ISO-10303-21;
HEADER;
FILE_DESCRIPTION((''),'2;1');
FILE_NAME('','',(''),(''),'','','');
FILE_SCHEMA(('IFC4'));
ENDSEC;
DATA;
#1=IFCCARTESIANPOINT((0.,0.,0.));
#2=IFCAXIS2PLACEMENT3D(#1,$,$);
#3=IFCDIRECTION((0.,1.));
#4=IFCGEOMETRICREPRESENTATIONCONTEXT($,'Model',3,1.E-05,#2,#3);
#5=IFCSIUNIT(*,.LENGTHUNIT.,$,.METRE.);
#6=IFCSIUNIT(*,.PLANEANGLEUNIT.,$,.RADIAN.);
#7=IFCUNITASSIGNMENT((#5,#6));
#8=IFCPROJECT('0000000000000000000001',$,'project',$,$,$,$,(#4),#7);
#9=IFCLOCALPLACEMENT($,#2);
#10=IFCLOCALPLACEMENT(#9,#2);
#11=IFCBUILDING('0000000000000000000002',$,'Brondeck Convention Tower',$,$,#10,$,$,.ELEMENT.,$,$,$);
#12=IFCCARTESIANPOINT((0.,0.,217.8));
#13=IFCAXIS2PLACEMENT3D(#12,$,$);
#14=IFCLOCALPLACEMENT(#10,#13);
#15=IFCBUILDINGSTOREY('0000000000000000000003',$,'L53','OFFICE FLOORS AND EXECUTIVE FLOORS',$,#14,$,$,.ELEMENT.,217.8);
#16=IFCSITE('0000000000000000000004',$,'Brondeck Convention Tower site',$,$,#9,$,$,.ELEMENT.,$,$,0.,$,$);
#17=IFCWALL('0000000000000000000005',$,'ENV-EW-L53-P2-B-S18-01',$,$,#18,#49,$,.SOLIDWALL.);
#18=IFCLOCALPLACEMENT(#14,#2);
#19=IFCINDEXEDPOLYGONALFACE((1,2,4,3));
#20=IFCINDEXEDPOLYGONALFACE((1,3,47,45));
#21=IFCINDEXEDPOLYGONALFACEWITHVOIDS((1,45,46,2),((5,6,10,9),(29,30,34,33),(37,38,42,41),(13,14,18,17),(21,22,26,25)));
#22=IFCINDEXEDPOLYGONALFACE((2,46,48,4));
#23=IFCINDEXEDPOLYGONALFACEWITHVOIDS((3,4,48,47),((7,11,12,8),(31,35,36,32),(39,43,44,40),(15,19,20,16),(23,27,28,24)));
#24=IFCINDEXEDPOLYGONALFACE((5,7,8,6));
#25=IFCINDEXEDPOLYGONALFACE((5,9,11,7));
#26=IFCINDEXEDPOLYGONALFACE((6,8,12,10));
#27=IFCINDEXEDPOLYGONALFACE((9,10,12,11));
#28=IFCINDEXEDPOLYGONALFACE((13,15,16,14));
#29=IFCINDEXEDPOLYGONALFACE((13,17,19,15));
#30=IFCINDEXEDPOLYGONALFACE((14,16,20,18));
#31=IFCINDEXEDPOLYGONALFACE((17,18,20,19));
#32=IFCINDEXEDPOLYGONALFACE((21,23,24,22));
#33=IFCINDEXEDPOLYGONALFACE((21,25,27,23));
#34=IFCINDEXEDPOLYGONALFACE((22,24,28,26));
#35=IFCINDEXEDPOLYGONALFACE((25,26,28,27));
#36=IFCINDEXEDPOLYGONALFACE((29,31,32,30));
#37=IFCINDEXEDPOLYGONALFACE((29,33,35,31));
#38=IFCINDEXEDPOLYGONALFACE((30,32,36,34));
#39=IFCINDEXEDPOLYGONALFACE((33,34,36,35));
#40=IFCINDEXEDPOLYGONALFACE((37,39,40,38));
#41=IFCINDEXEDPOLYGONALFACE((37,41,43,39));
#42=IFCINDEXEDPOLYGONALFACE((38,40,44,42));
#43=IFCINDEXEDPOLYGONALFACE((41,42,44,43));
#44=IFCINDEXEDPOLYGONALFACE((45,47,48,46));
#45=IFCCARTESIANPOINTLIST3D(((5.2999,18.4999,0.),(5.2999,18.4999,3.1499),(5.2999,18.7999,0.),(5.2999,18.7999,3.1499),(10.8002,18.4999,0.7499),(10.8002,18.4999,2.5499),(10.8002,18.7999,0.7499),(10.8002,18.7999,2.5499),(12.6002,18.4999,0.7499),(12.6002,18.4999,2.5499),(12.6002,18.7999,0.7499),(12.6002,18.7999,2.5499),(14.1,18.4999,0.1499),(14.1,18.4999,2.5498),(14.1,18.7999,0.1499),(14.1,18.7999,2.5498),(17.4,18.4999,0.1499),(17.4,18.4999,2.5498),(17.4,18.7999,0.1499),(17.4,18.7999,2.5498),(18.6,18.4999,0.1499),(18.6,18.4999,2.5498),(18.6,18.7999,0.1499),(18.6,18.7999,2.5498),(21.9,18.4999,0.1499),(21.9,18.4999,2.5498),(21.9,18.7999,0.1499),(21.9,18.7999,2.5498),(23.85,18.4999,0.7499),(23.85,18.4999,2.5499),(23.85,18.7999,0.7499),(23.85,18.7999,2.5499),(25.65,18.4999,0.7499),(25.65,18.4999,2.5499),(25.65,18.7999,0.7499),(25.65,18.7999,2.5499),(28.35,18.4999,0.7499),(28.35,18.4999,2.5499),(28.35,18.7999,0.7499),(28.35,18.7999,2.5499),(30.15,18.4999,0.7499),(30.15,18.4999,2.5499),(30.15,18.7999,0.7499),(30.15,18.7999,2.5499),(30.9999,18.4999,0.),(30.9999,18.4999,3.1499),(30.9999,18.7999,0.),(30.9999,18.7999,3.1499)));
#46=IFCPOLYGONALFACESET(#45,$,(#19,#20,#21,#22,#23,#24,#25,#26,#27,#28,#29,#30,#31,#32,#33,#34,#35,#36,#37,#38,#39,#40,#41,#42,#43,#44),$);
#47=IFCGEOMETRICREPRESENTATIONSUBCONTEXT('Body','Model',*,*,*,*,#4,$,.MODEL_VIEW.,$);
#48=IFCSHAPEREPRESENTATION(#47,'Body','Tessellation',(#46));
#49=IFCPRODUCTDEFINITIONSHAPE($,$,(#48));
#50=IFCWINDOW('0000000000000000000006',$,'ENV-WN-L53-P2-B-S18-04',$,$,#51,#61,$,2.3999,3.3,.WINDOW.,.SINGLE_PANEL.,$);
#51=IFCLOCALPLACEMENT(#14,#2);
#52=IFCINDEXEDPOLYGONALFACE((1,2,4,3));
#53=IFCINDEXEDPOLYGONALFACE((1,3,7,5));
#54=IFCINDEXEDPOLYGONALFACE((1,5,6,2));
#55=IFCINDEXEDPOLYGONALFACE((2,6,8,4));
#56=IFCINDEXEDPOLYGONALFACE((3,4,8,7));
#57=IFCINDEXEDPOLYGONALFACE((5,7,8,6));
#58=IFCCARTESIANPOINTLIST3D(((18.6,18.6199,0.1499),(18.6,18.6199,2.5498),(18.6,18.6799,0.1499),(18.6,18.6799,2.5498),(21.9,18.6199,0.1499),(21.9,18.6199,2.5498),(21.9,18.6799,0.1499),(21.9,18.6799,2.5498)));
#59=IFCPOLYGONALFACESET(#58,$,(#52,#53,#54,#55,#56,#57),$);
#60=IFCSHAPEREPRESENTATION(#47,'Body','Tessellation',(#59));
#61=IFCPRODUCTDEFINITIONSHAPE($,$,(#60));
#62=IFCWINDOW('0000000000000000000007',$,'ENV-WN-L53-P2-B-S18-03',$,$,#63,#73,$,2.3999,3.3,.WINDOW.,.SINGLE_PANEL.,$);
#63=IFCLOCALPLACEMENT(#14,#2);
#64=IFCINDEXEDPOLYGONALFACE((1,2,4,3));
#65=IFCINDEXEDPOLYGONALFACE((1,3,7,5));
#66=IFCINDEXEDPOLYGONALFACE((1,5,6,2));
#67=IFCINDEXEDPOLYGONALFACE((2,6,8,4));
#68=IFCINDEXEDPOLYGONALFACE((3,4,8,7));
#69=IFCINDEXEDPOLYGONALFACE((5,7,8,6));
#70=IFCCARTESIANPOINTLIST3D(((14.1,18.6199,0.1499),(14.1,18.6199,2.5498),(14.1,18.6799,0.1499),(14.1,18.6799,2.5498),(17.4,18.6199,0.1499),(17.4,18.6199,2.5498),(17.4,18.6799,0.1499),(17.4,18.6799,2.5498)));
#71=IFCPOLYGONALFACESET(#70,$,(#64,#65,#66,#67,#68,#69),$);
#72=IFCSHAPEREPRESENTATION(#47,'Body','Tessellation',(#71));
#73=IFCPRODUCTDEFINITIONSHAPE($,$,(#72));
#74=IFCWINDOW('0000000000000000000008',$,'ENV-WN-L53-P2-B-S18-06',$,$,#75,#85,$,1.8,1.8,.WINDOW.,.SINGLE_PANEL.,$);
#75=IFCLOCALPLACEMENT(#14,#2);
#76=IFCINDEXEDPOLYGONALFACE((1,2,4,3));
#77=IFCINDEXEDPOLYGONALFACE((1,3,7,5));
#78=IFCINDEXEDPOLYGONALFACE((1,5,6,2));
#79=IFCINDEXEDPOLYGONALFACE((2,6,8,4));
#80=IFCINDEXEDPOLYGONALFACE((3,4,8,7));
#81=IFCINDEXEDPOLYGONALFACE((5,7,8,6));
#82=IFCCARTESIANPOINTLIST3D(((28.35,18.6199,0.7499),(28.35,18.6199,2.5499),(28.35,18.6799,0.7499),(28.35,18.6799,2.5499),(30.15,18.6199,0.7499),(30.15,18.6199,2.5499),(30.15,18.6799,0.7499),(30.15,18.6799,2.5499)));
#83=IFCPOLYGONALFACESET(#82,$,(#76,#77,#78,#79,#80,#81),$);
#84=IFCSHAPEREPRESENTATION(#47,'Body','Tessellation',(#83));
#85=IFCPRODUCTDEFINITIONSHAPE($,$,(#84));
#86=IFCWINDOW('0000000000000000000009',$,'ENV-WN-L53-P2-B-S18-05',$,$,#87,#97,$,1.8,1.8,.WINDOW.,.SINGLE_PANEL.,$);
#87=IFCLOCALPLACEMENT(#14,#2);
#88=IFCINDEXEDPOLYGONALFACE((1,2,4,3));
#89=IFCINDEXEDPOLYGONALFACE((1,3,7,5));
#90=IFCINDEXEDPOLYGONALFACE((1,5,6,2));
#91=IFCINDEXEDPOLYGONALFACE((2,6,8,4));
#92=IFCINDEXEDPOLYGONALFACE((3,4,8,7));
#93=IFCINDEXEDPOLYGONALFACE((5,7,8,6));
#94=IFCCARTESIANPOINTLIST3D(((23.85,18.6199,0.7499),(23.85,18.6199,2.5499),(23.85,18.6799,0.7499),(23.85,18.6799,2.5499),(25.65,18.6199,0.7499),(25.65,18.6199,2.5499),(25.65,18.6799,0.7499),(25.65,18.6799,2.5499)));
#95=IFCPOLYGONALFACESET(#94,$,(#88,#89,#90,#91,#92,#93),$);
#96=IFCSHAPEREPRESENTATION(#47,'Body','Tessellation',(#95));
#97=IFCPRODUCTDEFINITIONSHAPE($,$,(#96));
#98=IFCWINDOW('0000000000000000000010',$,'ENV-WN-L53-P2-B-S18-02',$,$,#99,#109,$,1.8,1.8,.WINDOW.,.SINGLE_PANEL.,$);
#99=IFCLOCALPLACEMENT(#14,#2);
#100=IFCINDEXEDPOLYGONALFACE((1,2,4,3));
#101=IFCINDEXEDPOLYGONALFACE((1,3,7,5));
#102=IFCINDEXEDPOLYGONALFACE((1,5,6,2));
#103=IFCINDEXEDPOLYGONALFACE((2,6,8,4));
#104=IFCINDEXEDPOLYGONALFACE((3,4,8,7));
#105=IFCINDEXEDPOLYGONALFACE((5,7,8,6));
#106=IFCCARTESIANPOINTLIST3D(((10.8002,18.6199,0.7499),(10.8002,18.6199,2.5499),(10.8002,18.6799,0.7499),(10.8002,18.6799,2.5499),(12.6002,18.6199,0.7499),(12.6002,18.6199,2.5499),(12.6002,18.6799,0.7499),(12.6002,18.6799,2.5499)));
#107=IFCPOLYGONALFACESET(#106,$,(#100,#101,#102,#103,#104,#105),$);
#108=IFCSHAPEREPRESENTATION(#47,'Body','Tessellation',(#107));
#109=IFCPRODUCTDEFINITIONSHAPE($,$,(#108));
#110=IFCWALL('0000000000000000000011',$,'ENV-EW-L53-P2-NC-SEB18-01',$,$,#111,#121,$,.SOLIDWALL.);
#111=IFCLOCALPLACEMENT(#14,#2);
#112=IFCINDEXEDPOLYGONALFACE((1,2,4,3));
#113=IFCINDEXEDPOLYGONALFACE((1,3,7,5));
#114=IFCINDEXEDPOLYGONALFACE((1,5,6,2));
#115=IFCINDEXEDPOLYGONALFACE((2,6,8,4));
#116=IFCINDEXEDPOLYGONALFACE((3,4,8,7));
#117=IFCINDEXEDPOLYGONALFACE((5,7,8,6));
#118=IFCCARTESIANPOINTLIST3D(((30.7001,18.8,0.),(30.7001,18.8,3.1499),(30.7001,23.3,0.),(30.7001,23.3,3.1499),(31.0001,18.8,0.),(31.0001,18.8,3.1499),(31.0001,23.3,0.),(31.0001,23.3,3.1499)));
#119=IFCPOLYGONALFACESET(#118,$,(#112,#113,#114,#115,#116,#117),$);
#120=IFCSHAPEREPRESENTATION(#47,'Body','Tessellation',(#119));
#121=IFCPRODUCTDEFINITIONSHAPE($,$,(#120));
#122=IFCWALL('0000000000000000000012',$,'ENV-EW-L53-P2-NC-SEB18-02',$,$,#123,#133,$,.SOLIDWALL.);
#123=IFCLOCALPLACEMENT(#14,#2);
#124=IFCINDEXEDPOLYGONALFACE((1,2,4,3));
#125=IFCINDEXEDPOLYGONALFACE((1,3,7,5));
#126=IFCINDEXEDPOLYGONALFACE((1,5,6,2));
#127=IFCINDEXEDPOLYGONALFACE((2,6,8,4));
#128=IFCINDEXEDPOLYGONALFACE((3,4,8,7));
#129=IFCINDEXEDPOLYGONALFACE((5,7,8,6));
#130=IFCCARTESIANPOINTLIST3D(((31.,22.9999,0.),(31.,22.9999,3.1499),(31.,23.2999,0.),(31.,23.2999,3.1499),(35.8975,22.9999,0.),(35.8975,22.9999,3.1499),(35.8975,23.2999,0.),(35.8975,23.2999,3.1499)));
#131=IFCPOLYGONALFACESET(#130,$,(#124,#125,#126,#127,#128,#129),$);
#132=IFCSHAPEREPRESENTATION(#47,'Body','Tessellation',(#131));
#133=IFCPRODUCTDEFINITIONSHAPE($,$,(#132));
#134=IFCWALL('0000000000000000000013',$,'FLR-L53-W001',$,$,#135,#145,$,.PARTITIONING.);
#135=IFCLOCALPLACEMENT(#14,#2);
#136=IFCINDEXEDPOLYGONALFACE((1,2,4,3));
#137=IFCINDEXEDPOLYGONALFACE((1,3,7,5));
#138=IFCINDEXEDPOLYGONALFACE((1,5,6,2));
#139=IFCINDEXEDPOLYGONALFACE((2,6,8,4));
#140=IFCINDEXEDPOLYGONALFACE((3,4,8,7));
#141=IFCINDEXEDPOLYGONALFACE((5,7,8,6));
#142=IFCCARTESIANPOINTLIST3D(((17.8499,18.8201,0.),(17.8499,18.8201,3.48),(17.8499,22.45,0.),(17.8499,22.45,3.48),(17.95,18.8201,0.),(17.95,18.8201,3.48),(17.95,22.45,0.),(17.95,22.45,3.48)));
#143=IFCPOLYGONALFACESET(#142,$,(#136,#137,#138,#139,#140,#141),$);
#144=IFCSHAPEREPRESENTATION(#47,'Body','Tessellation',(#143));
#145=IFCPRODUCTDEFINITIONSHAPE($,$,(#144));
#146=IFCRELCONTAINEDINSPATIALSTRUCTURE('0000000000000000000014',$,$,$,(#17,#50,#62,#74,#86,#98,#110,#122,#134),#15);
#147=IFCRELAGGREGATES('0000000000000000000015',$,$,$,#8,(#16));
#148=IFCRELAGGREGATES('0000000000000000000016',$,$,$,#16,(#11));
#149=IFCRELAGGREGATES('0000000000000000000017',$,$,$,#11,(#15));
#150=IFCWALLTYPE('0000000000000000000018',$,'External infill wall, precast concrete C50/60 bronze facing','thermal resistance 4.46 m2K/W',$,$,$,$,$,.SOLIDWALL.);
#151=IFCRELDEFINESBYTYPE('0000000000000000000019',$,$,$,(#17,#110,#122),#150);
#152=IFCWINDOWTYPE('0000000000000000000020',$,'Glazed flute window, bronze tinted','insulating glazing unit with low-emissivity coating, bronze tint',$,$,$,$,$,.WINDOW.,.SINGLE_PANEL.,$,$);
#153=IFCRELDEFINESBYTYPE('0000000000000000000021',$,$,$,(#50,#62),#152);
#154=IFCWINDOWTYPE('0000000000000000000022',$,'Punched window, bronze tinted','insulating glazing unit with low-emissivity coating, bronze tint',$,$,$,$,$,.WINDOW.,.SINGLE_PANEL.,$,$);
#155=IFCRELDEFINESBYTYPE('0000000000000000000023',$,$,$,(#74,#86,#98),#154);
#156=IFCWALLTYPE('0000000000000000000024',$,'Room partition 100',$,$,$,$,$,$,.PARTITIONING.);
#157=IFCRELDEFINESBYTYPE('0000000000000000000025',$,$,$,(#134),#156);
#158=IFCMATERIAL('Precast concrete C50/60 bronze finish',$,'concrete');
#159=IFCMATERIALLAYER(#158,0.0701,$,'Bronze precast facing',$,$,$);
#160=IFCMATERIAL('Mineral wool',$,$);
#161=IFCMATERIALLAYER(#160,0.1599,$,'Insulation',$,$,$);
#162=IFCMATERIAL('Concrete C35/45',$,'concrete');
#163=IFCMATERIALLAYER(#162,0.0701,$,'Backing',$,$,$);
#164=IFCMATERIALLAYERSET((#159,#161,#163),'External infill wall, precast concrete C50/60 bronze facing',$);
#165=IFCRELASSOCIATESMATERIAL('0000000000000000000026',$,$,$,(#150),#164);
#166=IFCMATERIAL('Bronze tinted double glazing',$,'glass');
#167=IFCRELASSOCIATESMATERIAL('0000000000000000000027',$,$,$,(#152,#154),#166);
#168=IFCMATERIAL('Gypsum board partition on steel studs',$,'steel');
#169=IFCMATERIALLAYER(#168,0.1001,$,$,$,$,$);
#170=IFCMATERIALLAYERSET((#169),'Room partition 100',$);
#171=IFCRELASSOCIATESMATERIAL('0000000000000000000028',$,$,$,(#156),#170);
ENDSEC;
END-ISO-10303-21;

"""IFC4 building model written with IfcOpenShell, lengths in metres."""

from ifc_helpers import new_model, si_unit, direction, frame, frame_2d, origin, place, context, subcontext, project, spatial, rectangle, extrude, material, layer, layer_set, type_object, element, fill, save


model = new_model("IFC4")

# Units and contexts
model_context = context("Model", 3, precision=1e-05, world=origin(), true_north=direction((0.0, 1.0)))
body_context = subcontext(model_context, "Body", "Model", "MODEL_VIEW")
ifc_project = project(units=[si_unit("LENGTHUNIT", "METRE"), si_unit("PLANEANGLEUNIT", "RADIAN")], contexts=[model_context])

# Site, building, storey
site_placement = place(None, origin())
site = spatial("IfcSite", under=ifc_project, at=site_placement, Name="Brondeck Convention Tower site", CompositionType="ELEMENT", RefElevation=0.0)
building_placement = place(site_placement, origin())
building = spatial("IfcBuilding", under=site, at=building_placement, Name="Brondeck Convention Tower", CompositionType="ELEMENT")
storey_placement = place(building_placement, frame((0.0, 0.0, 217.8)))
storey = spatial("IfcBuildingStorey", under=building, at=storey_placement, Name="L53", Description="OFFICE FLOORS AND EXECUTIVE FLOORS", CompositionType="ELEMENT", Elevation=217.8)

# Wall, openings, windows
ifc_material_1 = material(Name="Precast concrete C50/60 bronze finish", Category="concrete")
ifc_layer_1 = layer(ifc_material_1, 0.0701, Name="Bronze precast facing")
ifc_material_2 = material(Name="Mineral wool")
ifc_layer_2 = layer(ifc_material_2, 0.1599, Name="Insulation")
ifc_material_3 = material(Name="Concrete C35/45", Category="concrete")
ifc_layer_3 = layer(ifc_material_3, 0.0701, Name="Backing")
ifc_layer_set_1 = layer_set([ifc_layer_1, ifc_layer_2, ifc_layer_3], Name="External infill wall, precast concrete C50/60 bronze facing")
wall_type_1 = type_object("IfcWallType", Name="External infill wall, precast concrete C50/60 bronze facing", Description="thermal resistance 4.46 m2K/W", PredefinedType="SOLIDWALL", material=ifc_layer_set_1)
wall_1_placement = place(storey_placement, frame((31.0, 18.6499, 0.0), z_axis=(0.0, 0.0, 1.0), x_axis=(-1.0, 0.0, 0.0)))
wall_1 = element("IfcWall", 1, at=wall_1_placement, inside=storey, type_object=wall_type_1, Name="ENV-EW-L53-P2-B-S18-01", PredefinedType="SOLIDWALL", context=body_context, shape_type="SweptSolid", body=[
    extrude(rectangle(XDim=25.7, YDim=0.3, at=frame_2d((12.8501, 0.0))), origin(), (0.0, 0.0, 1.0), 3.1499),
])
opening_1_placement = place(wall_1_placement, frame((0.8501, 0.0, 0.75)))
opening_1 = element("IfcOpeningElement", 2, at=opening_1_placement, cuts=wall_1, PredefinedType="OPENING", context=body_context, shape_type="SweptSolid", body=[
    extrude(rectangle(XDim=1.8, YDim=1.8, at=frame_2d((0.8999, 0.8999))), frame((0.0, 0.1599, 0.0), z_axis=(0.0, -1.0, 0.0), x_axis=(1.0, 0.0, 0.0)), (0.0, 0.0, 1.0), 0.3201),
])
opening_2_placement = place(wall_1_placement, frame((5.3501, 0.0, 0.75)))
opening_2 = element("IfcOpeningElement", 3, at=opening_2_placement, cuts=wall_1, PredefinedType="OPENING", context=body_context, shape_type="SweptSolid", body=[
    extrude(rectangle(XDim=1.8, YDim=1.8, at=frame_2d((0.8999, 0.8999))), frame((0.0, 0.1599, 0.0), z_axis=(0.0, -1.0, 0.0), x_axis=(1.0, 0.0, 0.0)), (0.0, 0.0, 1.0), 0.3201),
])
opening_3_placement = place(wall_1_placement, frame((9.1001, 0.0, 0.1499)))
opening_3 = element("IfcOpeningElement", 4, at=opening_3_placement, cuts=wall_1, PredefinedType="OPENING", context=body_context, shape_type="SweptSolid", body=[
    extrude(rectangle(XDim=3.3, YDim=2.3999, at=frame_2d((1.6499, 1.2))), frame((0.0, 0.1599, 0.0), z_axis=(0.0, -1.0, 0.0), x_axis=(1.0, 0.0, 0.0)), (0.0, 0.0, 1.0), 0.3201),
])
opening_4_placement = place(wall_1_placement, frame((13.6001, 0.0, 0.1499)))
opening_4 = element("IfcOpeningElement", 5, at=opening_4_placement, cuts=wall_1, PredefinedType="OPENING", context=body_context, shape_type="SweptSolid", body=[
    extrude(rectangle(XDim=3.3, YDim=2.3999, at=frame_2d((1.6499, 1.2))), frame((0.0, 0.1599, 0.0), z_axis=(0.0, -1.0, 0.0), x_axis=(1.0, 0.0, 0.0)), (0.0, 0.0, 1.0), 0.3201),
])
opening_5_placement = place(wall_1_placement, frame((18.3999, 0.0, 0.75)))
opening_5 = element("IfcOpeningElement", 6, at=opening_5_placement, cuts=wall_1, PredefinedType="OPENING", context=body_context, shape_type="SweptSolid", body=[
    extrude(rectangle(XDim=1.8, YDim=1.8, at=frame_2d((0.8999, 0.8999))), frame((0.0, 0.1599, 0.0), z_axis=(0.0, -1.0, 0.0), x_axis=(1.0, 0.0, 0.0)), (0.0, 0.0, 1.0), 0.3201),
])
ifc_material_4 = material(Name="Bronze tinted double glazing", Category="glass")
window_type_1 = type_object("IfcWindowType", Name="Glazed flute window, bronze tinted", Description="insulating glazing unit with low-emissivity coating, bronze tint", PartitioningType="SINGLE_PANEL", PredefinedType="WINDOW", material=ifc_material_4)
window_1_placement = place(opening_3_placement, origin())
window_1 = element("IfcWindow", 7, at=window_1_placement, inside=storey, type_object=window_type_1, Name="ENV-WN-L53-P2-B-S18-04", OverallHeight=2.3999, OverallWidth=3.3, PartitioningType="SINGLE_PANEL", PredefinedType="WINDOW", context=body_context, shape_type="SweptSolid", body=[
    extrude(rectangle(XDim=3.3, YDim=2.3999, at=frame_2d((1.6499, 1.2))), frame((0.0, 0.03, 0.0), z_axis=(0.0, -1.0, 0.0), x_axis=(1.0, 0.0, 0.0)), (0.0, 0.0, 1.0), 0.0601),
])
fill(opening_3, window_1)
window_2_placement = place(opening_4_placement, origin())
window_2 = element("IfcWindow", 8, at=window_2_placement, inside=storey, type_object=window_type_1, Name="ENV-WN-L53-P2-B-S18-03", OverallHeight=2.3999, OverallWidth=3.3, PartitioningType="SINGLE_PANEL", PredefinedType="WINDOW", context=body_context, shape_type="SweptSolid", body=[
    extrude(rectangle(XDim=3.3, YDim=2.3999, at=frame_2d((1.6499, 1.2))), frame((0.0, 0.03, 0.0), z_axis=(0.0, -1.0, 0.0), x_axis=(1.0, 0.0, 0.0)), (0.0, 0.0, 1.0), 0.0601),
])
fill(opening_4, window_2)
window_type_2 = type_object("IfcWindowType", Name="Punched window, bronze tinted", Description="insulating glazing unit with low-emissivity coating, bronze tint", PartitioningType="SINGLE_PANEL", PredefinedType="WINDOW", material=ifc_material_4)
window_3_placement = place(opening_1_placement, origin())
window_3 = element("IfcWindow", 9, at=window_3_placement, inside=storey, type_object=window_type_2, Name="ENV-WN-L53-P2-B-S18-06", OverallHeight=1.8, OverallWidth=1.8, PartitioningType="SINGLE_PANEL", PredefinedType="WINDOW", context=body_context, shape_type="SweptSolid", body=[
    extrude(rectangle(XDim=1.8, YDim=1.8, at=frame_2d((0.8999, 0.8999))), frame((0.0, 0.03, 0.0), z_axis=(0.0, -1.0, 0.0), x_axis=(1.0, 0.0, 0.0)), (0.0, 0.0, 1.0), 0.0601),
])
fill(opening_1, window_3)
window_4_placement = place(opening_2_placement, origin())
window_4 = element("IfcWindow", 10, at=window_4_placement, inside=storey, type_object=window_type_2, Name="ENV-WN-L53-P2-B-S18-05", OverallHeight=1.8, OverallWidth=1.8, PartitioningType="SINGLE_PANEL", PredefinedType="WINDOW", context=body_context, shape_type="SweptSolid", body=[
    extrude(rectangle(XDim=1.8, YDim=1.8, at=frame_2d((0.8999, 0.8999))), frame((0.0, 0.03, 0.0), z_axis=(0.0, -1.0, 0.0), x_axis=(1.0, 0.0, 0.0)), (0.0, 0.0, 1.0), 0.0601),
])
fill(opening_2, window_4)
window_5_placement = place(opening_5_placement, origin())
window_5 = element("IfcWindow", 11, at=window_5_placement, inside=storey, type_object=window_type_2, Name="ENV-WN-L53-P2-B-S18-02", OverallHeight=1.8, OverallWidth=1.8, PartitioningType="SINGLE_PANEL", PredefinedType="WINDOW", context=body_context, shape_type="SweptSolid", body=[
    extrude(rectangle(XDim=1.8, YDim=1.8, at=frame_2d((0.8999, 0.8999))), frame((0.0, 0.03, 0.0), z_axis=(0.0, -1.0, 0.0), x_axis=(1.0, 0.0, 0.0)), (0.0, 0.0, 1.0), 0.0601),
])
fill(opening_5, window_5)

# Walls
wall_2_placement = place(storey_placement, frame((30.8501, 23.3, 0.0), z_axis=(0.0, 0.0, 1.0), x_axis=(0.0, -1.0, 0.0)))
element("IfcWall", 12, at=wall_2_placement, inside=storey, type_object=wall_type_1, Name="ENV-EW-L53-P2-NC-SEB18-01", PredefinedType="SOLIDWALL", context=body_context, shape_type="SweptSolid", body=[
    extrude(rectangle(XDim=4.5, YDim=0.3, at=frame_2d((2.25, 0.0))), origin(), (0.0, 0.0, 1.0), 3.1499),
])
wall_3_placement = place(storey_placement, frame((35.8975, 23.1499, 0.0), z_axis=(0.0, 0.0, 1.0), x_axis=(-1.0, 0.0, 0.0)))
element("IfcWall", 13, at=wall_3_placement, inside=storey, type_object=wall_type_1, Name="ENV-EW-L53-P2-NC-SEB18-02", PredefinedType="SOLIDWALL", context=body_context, shape_type="SweptSolid", body=[
    extrude(rectangle(XDim=4.8975, YDim=0.3, at=frame_2d((2.4487, 0.0))), origin(), (0.0, 0.0, 1.0), 3.1499),
])
ifc_material_5 = material(Name="Gypsum board partition on steel studs", Category="steel")
ifc_layer_4 = layer(ifc_material_5, 0.1001)
ifc_layer_set_2 = layer_set([ifc_layer_4], Name="Room partition 100")
wall_type_2 = type_object("IfcWallType", Name="Room partition 100", PredefinedType="PARTITIONING", material=ifc_layer_set_2)
wall_4_placement = place(storey_placement, frame((17.8999, 22.45, 0.0), z_axis=(0.0, 0.0, 1.0), x_axis=(0.0, -1.0, 0.0)))
element("IfcWall", 14, at=wall_4_placement, inside=storey, type_object=wall_type_2, Name="FLR-L53-W001", PredefinedType="PARTITIONING", context=body_context, shape_type="SweptSolid", body=[
    extrude(rectangle(XDim=3.6299, YDim=0.1001, at=frame_2d((1.8149, 0.0))), origin(), (0.0, 0.0, 1.0), 3.48),
])

save(model, "model.ifc")
